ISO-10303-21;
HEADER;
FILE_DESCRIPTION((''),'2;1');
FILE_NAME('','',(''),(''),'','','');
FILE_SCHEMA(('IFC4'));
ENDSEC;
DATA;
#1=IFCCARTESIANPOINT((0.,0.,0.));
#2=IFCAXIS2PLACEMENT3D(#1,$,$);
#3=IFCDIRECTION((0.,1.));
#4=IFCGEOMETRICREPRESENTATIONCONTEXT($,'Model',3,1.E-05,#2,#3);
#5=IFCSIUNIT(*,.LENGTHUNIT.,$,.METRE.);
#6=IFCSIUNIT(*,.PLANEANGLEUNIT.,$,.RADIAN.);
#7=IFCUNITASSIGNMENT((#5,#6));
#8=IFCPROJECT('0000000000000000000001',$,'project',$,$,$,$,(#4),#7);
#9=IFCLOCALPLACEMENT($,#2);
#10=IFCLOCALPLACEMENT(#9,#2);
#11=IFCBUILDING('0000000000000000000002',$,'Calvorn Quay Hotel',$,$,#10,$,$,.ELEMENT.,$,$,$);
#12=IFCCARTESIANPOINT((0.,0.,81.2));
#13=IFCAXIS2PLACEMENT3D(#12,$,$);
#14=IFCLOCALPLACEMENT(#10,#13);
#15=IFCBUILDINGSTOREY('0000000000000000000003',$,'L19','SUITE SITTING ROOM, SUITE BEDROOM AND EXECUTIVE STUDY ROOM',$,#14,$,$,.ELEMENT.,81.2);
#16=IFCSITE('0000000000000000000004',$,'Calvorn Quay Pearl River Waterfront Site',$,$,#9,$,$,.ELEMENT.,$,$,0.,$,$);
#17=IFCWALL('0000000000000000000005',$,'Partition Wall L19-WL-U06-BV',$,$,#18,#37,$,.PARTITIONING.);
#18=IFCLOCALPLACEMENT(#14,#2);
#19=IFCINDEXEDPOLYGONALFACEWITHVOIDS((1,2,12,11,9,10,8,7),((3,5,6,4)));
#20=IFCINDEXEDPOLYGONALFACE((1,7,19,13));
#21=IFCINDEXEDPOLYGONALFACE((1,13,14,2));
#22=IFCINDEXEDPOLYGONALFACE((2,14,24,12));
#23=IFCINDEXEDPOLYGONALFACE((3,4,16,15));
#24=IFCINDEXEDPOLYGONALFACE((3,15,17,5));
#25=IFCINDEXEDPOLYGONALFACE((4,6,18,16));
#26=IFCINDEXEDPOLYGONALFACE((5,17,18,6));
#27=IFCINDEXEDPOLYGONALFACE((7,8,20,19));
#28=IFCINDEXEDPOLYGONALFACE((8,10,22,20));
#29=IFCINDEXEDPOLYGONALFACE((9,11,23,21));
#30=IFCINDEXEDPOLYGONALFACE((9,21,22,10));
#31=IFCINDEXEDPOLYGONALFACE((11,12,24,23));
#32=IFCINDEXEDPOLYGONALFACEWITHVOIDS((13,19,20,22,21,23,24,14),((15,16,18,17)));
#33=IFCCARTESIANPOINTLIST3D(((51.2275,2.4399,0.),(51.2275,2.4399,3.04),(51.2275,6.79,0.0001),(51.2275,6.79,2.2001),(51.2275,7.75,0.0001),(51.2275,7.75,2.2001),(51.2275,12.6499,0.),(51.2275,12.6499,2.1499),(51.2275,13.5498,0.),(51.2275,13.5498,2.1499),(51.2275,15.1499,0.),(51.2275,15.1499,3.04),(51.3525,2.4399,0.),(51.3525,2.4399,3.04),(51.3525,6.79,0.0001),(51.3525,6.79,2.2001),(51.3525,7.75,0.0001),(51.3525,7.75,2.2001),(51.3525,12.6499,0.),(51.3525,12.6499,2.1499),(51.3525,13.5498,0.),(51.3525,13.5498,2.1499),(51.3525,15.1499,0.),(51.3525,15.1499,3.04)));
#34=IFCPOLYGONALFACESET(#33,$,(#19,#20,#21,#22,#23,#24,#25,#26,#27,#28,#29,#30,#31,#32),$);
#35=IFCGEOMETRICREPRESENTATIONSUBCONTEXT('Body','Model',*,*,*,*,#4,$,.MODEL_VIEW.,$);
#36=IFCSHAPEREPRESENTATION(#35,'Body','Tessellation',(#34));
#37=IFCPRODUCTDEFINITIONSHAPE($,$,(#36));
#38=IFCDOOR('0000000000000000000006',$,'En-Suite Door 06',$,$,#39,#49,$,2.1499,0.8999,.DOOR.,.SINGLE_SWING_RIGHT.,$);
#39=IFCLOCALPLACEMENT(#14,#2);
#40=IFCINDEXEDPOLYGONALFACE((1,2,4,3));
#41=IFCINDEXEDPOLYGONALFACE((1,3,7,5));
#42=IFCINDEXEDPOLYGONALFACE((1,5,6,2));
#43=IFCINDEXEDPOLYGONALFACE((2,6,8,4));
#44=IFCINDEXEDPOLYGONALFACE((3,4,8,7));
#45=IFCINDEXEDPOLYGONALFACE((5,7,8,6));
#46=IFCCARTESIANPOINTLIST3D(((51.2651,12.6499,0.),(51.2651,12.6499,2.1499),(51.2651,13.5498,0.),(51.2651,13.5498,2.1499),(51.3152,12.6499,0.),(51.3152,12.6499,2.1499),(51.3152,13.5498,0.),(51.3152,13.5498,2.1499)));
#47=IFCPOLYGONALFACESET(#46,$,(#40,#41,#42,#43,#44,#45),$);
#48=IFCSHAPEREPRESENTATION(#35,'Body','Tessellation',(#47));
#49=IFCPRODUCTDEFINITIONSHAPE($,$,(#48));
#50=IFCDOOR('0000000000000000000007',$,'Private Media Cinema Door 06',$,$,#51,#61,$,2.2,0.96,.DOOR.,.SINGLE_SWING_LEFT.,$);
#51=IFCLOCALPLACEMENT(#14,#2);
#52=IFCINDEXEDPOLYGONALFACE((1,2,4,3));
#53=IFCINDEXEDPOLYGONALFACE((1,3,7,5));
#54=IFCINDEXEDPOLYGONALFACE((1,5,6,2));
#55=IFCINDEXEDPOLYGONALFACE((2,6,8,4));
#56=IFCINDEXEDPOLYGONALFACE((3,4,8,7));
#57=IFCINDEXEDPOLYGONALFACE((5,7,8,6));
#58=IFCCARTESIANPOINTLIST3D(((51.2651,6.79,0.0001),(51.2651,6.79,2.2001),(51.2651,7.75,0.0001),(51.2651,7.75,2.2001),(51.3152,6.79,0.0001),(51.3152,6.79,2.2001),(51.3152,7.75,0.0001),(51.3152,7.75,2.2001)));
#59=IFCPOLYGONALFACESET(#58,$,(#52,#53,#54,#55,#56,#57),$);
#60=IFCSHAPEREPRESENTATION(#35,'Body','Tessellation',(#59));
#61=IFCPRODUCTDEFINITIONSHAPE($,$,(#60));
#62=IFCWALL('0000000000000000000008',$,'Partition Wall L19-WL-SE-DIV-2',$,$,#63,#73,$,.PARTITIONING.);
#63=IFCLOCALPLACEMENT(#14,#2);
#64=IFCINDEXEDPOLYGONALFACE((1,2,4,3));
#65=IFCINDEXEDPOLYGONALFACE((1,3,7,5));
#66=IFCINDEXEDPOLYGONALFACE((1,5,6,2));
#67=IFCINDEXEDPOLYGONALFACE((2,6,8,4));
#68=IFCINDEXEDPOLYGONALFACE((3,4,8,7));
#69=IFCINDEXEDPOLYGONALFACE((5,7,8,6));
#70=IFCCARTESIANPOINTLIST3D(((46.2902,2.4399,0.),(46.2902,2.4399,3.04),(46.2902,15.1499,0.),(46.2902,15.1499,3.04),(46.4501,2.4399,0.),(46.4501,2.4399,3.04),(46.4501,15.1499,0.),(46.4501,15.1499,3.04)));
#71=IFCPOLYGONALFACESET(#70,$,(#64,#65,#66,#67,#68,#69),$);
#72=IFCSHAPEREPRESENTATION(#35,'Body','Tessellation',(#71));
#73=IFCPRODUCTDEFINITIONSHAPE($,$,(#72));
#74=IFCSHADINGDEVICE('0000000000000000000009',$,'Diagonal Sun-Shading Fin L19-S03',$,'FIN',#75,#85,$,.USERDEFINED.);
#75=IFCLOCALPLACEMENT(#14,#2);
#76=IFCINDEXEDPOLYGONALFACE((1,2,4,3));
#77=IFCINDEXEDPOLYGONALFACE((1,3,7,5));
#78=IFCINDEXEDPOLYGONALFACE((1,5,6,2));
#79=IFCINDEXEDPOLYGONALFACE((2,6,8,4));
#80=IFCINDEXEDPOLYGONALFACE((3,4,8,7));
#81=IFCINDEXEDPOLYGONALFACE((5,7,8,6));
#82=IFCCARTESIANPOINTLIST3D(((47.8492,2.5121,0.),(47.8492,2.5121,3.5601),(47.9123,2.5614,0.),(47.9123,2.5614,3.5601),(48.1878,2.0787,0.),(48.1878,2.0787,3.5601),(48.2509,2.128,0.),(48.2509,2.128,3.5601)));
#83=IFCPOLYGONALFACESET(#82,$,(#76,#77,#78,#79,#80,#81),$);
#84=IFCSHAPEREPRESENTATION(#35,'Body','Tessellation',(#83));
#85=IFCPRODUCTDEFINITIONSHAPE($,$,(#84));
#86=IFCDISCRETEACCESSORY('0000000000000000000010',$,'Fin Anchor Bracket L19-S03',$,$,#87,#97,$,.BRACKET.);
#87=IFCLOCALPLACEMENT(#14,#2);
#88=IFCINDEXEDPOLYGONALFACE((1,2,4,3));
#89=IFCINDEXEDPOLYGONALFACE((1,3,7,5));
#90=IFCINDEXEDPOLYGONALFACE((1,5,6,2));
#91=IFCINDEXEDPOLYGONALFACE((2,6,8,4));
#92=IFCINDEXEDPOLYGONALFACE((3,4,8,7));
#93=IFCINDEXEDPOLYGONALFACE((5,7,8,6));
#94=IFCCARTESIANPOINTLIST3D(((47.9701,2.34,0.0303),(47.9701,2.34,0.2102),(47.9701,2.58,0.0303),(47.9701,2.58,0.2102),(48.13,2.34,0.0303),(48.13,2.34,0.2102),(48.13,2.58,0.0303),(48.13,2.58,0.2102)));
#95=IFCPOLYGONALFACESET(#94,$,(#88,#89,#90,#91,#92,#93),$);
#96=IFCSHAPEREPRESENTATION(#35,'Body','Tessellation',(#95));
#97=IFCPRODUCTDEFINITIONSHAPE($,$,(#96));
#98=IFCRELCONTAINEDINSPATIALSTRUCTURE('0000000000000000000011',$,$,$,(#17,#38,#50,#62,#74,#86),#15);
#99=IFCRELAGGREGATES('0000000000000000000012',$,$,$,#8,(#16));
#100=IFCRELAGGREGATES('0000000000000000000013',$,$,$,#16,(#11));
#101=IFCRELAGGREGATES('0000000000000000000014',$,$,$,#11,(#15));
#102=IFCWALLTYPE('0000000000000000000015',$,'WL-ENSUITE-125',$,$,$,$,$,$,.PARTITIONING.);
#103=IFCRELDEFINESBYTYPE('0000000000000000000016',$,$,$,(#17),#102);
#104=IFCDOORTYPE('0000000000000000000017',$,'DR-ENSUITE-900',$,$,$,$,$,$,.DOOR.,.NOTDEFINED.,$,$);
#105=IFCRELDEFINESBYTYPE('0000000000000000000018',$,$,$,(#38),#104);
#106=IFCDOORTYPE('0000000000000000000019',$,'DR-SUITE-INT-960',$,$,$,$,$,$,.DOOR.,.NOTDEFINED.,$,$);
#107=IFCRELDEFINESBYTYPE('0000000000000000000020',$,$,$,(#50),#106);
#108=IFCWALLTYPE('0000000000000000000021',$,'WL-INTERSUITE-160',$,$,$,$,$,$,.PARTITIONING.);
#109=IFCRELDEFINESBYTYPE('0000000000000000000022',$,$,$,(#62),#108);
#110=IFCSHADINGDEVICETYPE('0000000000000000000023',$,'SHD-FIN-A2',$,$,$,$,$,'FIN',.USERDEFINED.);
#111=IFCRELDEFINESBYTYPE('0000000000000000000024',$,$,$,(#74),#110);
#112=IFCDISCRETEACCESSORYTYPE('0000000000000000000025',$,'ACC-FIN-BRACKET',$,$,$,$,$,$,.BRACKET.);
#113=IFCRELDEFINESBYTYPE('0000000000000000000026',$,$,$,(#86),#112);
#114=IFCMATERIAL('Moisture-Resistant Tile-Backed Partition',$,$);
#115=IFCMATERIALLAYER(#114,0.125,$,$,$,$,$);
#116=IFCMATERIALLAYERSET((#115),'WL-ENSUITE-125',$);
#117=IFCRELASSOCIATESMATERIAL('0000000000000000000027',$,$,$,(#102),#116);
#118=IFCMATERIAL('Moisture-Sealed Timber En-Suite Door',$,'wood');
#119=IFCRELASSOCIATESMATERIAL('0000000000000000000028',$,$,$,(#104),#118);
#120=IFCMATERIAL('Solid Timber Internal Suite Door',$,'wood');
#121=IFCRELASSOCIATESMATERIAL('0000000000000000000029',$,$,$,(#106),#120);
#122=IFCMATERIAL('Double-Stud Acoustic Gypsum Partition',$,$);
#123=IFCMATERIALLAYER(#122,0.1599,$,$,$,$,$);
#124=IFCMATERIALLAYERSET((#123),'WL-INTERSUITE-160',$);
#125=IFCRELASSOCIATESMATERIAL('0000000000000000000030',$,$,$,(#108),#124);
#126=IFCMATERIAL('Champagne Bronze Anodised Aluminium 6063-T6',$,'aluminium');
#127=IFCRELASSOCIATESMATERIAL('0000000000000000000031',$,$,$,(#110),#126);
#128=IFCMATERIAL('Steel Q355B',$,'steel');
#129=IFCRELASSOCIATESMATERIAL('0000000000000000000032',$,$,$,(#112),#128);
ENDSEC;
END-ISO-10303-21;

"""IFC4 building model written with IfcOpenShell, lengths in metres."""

from ifc_helpers import new_model, si_unit, direction, frame, frame_2d, origin, origin_2d, place, context, subcontext, project, spatial, rectangle, extrude, material, layer, layer_set, type_object, element, fill, save


model = new_model("IFC4")

# Units and contexts
model_context = context("Model", 3, precision=1e-05, world=origin(), true_north=direction((0.0, 1.0)))
body_context = subcontext(model_context, "Body", "Model", "MODEL_VIEW")
ifc_project = project(units=[si_unit("LENGTHUNIT", "METRE"), si_unit("PLANEANGLEUNIT", "RADIAN")], contexts=[model_context])

# Site, building, storey
site_placement = place(None, origin())
site = spatial("IfcSite", under=ifc_project, at=site_placement, Name="Calvorn Quay Pearl River Waterfront Site", CompositionType="ELEMENT", RefElevation=0.0)
building_placement = place(site_placement, origin())
building = spatial("IfcBuilding", under=site, at=building_placement, Name="Calvorn Quay Hotel", CompositionType="ELEMENT")
storey_placement = place(building_placement, frame((0.0, 0.0, 81.2)))
storey = spatial("IfcBuildingStorey", under=building, at=storey_placement, Name="L19", Description="SUITE SITTING ROOM, SUITE BEDROOM AND EXECUTIVE STUDY ROOM", CompositionType="ELEMENT", Elevation=81.2)

# Wall, openings, doors
ifc_material_1 = material(Name="Moisture-Resistant Tile-Backed Partition")
ifc_layer_1 = layer(ifc_material_1, 0.125)
ifc_layer_set_1 = layer_set([ifc_layer_1], Name="WL-ENSUITE-125")
wall_type_1 = type_object("IfcWallType", Name="WL-ENSUITE-125", PredefinedType="PARTITIONING", material=ifc_layer_set_1)
wall_1_placement = place(storey_placement, frame((51.29, 2.4399, 0.0), z_axis=(0.0, 0.0, 1.0), x_axis=(0.0, 1.0, 0.0)))
wall_1 = element("IfcWall", 1, at=wall_1_placement, inside=storey, type_object=wall_type_1, Name="Partition Wall L19-WL-U06-BV", PredefinedType="PARTITIONING", context=body_context, shape_type="SweptSolid", body=[
    extrude(rectangle(XDim=12.71, YDim=0.125, at=frame_2d((6.355, 0.0))), origin(), (0.0, 0.0, 1.0), 3.04),
])
opening_1_placement = place(wall_1_placement, frame((4.3501, 0.0, 0.0)))
opening_1 = element("IfcOpeningElement", 2, at=opening_1_placement, cuts=wall_1, PredefinedType="OPENING", context=body_context, shape_type="SweptSolid", body=[
    extrude(rectangle(XDim=0.96, YDim=2.2, at=frame_2d((0.48, 1.1001))), frame((0.0, 0.0725, 0.0), z_axis=(0.0, -1.0, 0.0), x_axis=(1.0, 0.0, 0.0)), (0.0, 0.0, 1.0), 0.145),
])
opening_2_placement = place(wall_1_placement, frame((10.21, 0.0, 0.0)))
opening_2 = element("IfcOpeningElement", 3, at=opening_2_placement, cuts=wall_1, PredefinedType="OPENING", context=body_context, shape_type="SweptSolid", body=[
    extrude(rectangle(XDim=0.8999, YDim=2.1499, at=frame_2d((0.45, 1.075))), frame((0.0, 0.0725, 0.0), z_axis=(0.0, -1.0, 0.0), x_axis=(1.0, 0.0, 0.0)), (0.0, 0.0, 1.0), 0.145),
])
ifc_material_2 = material(Name="Moisture-Sealed Timber En-Suite Door", Category="wood")
door_type_1 = type_object("IfcDoorType", Name="DR-ENSUITE-900", OperationType="NOTDEFINED", PredefinedType="DOOR", material=ifc_material_2)
door_1_placement = place(opening_2_placement, origin())
door_1 = element("IfcDoor", 4, at=door_1_placement, inside=storey, type_object=door_type_1, Name="En-Suite Door 06", OperationType="SINGLE_SWING_RIGHT", OverallHeight=2.1499, OverallWidth=0.8999, PredefinedType="DOOR", context=body_context, shape_type="SweptSolid", body=[
    extrude(rectangle(XDim=0.8999, YDim=2.1499, at=frame_2d((0.45, 1.075))), frame((0.0, 0.0249, 0.0), z_axis=(0.0, -1.0, 0.0), x_axis=(1.0, 0.0, 0.0)), (0.0, 0.0, 1.0), 0.05),
])
fill(opening_2, door_1)
ifc_material_3 = material(Name="Solid Timber Internal Suite Door", Category="wood")
door_type_2 = type_object("IfcDoorType", Name="DR-SUITE-INT-960", OperationType="NOTDEFINED", PredefinedType="DOOR", material=ifc_material_3)
door_2_placement = place(opening_1_placement, origin())
door_2 = element("IfcDoor", 5, at=door_2_placement, inside=storey, type_object=door_type_2, Name="Private Media Cinema Door 06", OperationType="SINGLE_SWING_LEFT", OverallHeight=2.2, OverallWidth=0.96, PredefinedType="DOOR", context=body_context, shape_type="SweptSolid", body=[
    extrude(rectangle(XDim=0.96, YDim=2.2, at=frame_2d((0.48, 1.1001))), frame((0.0, 0.0249, 0.0), z_axis=(0.0, -1.0, 0.0), x_axis=(1.0, 0.0, 0.0)), (0.0, 0.0, 1.0), 0.05),
])
fill(opening_1, door_2)

# Wall
ifc_material_4 = material(Name="Double-Stud Acoustic Gypsum Partition")
ifc_layer_2 = layer(ifc_material_4, 0.1599)
ifc_layer_set_2 = layer_set([ifc_layer_2], Name="WL-INTERSUITE-160")
wall_type_2 = type_object("IfcWallType", Name="WL-INTERSUITE-160", PredefinedType="PARTITIONING", material=ifc_layer_set_2)
wall_2_placement = place(storey_placement, frame((46.3701, 2.4399, 0.0), z_axis=(0.0, 0.0, 1.0), x_axis=(0.0, 1.0, 0.0)))
element("IfcWall", 6, at=wall_2_placement, inside=storey, type_object=wall_type_2, Name="Partition Wall L19-WL-SE-DIV-2", PredefinedType="PARTITIONING", context=body_context, shape_type="SweptSolid", body=[
    extrude(rectangle(XDim=12.71, YDim=0.1599, at=frame_2d((6.355, 0.0))), origin(), (0.0, 0.0, 1.0), 3.04),
])

# Shading device
ifc_material_5 = material(Name="Champagne Bronze Anodised Aluminium 6063-T6", Category="aluminium")
shading_device_type = type_object("IfcShadingDeviceType", Name="SHD-FIN-A2", ElementType="FIN", PredefinedType="USERDEFINED", material=ifc_material_5)
shading_device_placement = place(storey_placement, frame((48.05, 2.3201, 0.0), z_axis=(0.0, 0.0, 1.0), x_axis=(-0.615661, 0.788011, 0.0)))
element("IfcShadingDevice", 7, at=shading_device_placement, inside=storey, type_object=shading_device_type, Name="Diagonal Sun-Shading Fin L19-S03", ObjectType="FIN", PredefinedType="USERDEFINED", context=body_context, shape_type="SweptSolid", body=[
    extrude(rectangle(XDim=0.55, YDim=0.0801, at=origin_2d()), origin(), (0.0, 0.0, 1.0), 3.5601),
])

# Discrete accessory
ifc_material_6 = material(Name="Steel Q355B", Category="steel")
discrete_accessory_type = type_object("IfcDiscreteAccessoryType", Name="ACC-FIN-BRACKET", PredefinedType="BRACKET", material=ifc_material_6)
discrete_accessory_placement = place(storey_placement, frame((48.05, 2.46, 0.0303), z_axis=(0.0, 0.0, 1.0), x_axis=(0.0, 1.0, 0.0)))
element("IfcDiscreteAccessory", 8, at=discrete_accessory_placement, inside=storey, type_object=discrete_accessory_type, Name="Fin Anchor Bracket L19-S03", PredefinedType="BRACKET", context=body_context, shape_type="SweptSolid", body=[
    extrude(rectangle(XDim=0.24, YDim=0.1599, at=origin_2d()), origin(), (0.0, 0.0, 1.0), 0.1799),
])

save(model, "model.ifc")
